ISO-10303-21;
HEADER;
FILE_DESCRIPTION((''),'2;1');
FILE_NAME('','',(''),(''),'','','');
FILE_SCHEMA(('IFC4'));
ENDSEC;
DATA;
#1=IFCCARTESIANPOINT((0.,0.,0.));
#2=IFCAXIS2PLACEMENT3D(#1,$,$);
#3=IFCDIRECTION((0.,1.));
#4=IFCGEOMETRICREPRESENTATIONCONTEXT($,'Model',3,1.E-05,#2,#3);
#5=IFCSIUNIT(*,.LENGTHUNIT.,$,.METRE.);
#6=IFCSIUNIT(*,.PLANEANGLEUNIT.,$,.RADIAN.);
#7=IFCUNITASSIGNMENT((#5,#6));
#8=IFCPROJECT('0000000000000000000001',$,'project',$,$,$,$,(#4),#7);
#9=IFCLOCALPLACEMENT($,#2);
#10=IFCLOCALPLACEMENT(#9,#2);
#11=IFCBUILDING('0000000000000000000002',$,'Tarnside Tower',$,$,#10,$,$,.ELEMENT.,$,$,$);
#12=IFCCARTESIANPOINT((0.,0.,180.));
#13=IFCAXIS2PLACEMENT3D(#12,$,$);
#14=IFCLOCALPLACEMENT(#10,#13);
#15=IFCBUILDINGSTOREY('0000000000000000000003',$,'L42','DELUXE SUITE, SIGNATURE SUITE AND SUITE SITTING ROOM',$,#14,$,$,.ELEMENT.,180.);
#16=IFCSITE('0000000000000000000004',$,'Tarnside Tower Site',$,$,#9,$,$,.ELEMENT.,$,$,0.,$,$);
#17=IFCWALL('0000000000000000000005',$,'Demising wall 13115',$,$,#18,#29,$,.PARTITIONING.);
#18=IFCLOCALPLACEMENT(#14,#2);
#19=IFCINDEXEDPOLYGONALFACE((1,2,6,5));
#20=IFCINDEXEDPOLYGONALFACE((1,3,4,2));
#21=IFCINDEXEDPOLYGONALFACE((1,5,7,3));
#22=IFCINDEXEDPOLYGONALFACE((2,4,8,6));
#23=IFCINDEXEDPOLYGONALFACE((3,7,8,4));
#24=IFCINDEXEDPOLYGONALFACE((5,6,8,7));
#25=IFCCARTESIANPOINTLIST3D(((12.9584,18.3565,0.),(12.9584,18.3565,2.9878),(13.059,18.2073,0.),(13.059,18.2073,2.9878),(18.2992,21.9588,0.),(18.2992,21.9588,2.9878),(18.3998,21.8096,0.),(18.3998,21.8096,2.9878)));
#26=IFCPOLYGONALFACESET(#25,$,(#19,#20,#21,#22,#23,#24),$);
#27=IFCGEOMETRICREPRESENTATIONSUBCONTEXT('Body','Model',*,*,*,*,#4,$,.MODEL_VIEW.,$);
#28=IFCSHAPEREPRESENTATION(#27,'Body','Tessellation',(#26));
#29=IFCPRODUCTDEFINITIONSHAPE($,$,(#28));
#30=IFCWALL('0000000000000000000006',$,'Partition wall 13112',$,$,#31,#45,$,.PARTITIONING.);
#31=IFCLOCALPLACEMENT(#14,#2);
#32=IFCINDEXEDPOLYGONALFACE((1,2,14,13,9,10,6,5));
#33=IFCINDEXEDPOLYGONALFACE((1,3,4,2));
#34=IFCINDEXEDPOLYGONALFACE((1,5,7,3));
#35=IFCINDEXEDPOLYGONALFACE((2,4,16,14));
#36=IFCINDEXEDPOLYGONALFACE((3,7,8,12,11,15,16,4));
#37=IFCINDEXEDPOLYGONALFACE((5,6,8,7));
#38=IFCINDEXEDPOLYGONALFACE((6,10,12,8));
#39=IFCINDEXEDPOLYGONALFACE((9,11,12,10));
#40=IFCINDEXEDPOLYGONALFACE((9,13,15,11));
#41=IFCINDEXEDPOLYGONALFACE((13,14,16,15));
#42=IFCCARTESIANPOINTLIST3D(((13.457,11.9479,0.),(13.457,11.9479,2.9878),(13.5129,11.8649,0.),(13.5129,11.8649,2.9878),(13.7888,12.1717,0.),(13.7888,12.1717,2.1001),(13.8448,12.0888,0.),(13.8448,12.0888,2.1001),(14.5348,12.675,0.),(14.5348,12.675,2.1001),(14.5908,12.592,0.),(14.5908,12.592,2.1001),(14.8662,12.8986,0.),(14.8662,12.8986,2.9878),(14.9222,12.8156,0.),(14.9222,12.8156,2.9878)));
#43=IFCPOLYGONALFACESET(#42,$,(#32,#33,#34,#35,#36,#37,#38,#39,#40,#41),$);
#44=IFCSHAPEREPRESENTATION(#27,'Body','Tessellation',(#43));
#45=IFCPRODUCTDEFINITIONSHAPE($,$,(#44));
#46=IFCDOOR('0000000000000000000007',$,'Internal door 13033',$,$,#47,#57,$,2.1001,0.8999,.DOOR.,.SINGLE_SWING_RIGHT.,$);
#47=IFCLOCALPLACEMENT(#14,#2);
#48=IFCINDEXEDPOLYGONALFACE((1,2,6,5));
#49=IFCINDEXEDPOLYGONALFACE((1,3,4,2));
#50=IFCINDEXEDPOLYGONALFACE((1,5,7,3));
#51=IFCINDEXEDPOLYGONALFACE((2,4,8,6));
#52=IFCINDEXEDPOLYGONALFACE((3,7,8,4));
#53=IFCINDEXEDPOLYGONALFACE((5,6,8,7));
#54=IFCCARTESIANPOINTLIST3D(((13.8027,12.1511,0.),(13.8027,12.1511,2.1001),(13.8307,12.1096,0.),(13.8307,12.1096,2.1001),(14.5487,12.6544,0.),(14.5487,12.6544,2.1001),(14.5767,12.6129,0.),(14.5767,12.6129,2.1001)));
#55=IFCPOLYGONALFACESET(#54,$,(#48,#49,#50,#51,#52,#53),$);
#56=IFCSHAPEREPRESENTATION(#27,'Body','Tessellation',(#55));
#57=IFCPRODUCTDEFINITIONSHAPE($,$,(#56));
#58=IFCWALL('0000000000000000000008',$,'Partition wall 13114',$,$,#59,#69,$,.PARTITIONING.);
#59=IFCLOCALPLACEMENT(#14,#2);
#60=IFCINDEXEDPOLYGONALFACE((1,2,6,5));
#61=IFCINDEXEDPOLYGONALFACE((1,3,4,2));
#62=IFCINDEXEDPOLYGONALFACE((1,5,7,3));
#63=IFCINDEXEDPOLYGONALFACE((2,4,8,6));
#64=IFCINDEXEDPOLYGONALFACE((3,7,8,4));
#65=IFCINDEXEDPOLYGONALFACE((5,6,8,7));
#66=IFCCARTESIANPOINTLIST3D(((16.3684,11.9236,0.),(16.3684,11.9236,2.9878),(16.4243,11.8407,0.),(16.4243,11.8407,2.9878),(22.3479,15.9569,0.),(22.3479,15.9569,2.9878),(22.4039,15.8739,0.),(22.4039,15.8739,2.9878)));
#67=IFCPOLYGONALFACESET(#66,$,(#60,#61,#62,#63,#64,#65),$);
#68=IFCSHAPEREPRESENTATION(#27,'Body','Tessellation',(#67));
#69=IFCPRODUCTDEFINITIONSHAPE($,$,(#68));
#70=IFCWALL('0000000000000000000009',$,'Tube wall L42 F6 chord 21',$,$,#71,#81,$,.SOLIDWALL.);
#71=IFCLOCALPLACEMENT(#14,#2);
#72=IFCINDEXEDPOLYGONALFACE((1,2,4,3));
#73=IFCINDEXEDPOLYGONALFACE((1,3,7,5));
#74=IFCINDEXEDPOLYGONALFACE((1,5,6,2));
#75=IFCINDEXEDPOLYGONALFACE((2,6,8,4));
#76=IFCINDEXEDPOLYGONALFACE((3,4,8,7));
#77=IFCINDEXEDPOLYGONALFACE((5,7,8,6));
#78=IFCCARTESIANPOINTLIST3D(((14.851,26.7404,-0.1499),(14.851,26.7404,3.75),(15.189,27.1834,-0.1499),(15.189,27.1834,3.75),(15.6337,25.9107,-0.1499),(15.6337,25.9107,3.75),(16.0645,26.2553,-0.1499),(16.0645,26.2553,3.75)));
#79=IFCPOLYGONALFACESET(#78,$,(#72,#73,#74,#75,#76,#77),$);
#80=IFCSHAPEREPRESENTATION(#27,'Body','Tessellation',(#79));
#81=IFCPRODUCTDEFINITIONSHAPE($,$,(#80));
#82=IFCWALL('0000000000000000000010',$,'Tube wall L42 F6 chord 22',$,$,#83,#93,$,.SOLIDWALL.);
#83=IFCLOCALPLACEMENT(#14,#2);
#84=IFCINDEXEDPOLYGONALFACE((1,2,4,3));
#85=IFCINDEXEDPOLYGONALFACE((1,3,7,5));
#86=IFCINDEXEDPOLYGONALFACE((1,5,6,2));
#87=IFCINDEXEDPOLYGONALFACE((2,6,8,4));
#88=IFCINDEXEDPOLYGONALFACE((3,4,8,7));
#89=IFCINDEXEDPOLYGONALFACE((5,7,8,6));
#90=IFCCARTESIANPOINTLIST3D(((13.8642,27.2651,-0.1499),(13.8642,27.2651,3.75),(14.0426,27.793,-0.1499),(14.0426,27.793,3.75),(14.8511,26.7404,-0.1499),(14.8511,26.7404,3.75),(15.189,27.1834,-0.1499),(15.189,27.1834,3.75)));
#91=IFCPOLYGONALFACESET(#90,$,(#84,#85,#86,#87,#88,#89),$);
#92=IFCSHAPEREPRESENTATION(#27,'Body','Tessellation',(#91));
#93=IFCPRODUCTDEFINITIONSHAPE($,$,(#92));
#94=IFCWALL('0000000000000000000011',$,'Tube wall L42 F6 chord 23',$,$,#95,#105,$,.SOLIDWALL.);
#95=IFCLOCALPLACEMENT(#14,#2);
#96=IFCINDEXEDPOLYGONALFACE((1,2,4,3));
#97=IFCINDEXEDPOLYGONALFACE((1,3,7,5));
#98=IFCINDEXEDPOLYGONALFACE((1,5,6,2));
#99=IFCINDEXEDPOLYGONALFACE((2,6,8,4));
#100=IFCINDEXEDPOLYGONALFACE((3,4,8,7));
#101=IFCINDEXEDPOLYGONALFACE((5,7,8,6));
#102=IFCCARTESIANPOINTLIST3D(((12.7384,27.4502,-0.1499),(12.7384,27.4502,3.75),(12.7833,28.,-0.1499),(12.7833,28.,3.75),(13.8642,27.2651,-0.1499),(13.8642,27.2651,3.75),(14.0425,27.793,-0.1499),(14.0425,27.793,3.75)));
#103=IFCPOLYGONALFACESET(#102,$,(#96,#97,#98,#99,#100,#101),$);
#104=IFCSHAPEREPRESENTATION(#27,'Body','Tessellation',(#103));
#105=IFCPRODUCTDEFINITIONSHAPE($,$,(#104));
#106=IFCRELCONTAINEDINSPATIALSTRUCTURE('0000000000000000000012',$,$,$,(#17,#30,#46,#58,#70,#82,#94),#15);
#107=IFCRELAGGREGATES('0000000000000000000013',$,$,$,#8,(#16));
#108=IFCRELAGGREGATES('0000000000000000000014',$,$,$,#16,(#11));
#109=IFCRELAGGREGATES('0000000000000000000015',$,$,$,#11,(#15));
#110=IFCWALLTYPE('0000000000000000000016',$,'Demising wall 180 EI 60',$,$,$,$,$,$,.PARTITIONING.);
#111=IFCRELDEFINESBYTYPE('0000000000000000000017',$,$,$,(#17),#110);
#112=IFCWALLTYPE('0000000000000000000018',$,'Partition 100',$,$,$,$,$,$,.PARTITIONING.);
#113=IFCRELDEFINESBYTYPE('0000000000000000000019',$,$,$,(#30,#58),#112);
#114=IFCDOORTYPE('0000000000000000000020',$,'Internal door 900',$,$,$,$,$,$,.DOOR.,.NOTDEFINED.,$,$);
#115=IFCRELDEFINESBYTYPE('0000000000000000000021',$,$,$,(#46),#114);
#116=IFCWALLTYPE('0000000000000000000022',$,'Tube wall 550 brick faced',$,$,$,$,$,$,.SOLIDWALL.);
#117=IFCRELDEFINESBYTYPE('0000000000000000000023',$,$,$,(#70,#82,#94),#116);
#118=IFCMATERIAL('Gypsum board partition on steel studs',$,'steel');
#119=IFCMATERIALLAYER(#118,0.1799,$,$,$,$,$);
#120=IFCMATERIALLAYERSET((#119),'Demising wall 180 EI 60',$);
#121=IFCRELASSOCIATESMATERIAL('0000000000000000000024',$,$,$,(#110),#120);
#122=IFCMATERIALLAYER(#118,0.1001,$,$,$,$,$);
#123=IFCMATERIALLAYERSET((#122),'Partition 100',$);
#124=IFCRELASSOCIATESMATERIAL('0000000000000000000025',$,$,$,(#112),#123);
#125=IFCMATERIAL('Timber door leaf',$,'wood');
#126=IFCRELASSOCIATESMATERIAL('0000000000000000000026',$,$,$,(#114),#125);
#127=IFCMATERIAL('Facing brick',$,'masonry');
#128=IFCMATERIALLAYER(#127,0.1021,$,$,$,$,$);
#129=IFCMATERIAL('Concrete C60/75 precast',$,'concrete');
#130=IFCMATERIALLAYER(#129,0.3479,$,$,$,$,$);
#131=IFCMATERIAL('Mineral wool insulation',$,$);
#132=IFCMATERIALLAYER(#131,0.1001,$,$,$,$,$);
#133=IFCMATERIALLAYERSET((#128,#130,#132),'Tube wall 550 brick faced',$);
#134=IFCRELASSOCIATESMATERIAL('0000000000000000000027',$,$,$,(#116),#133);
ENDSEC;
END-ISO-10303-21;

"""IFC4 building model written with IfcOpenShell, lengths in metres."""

from ifc_helpers import new_model, si_unit, direction, frame, frame_2d, origin, place, context, subcontext, project, spatial, polyline, rectangle, outline, extrude, material, layer, layer_set, type_object, element, fill, save


model = new_model("IFC4")

# Units and contexts
model_context = context("Model", 3, precision=1e-05, world=origin(), true_north=direction((0.0, 1.0)))
body_context = subcontext(model_context, "Body", "Model", "MODEL_VIEW")
ifc_project = project(units=[si_unit("LENGTHUNIT", "METRE"), si_unit("PLANEANGLEUNIT", "RADIAN")], contexts=[model_context])

# Site, building, storey
site_placement = place(None, origin())
site = spatial("IfcSite", under=ifc_project, at=site_placement, Name="Tarnside Tower Site", CompositionType="ELEMENT", RefElevation=0.0)
building_placement = place(site_placement, origin())
building = spatial("IfcBuilding", under=site, at=building_placement, Name="Tarnside Tower", CompositionType="ELEMENT")
storey_placement = place(building_placement, frame((0.0, 0.0, 180.0)))
storey = spatial("IfcBuildingStorey", under=building, at=storey_placement, Name="L42", Description="DELUXE SUITE, SIGNATURE SUITE AND SUITE SITTING ROOM", CompositionType="ELEMENT", Elevation=180.0)

# Shared definitions
ifc_material_1 = material(Name="Gypsum board partition on steel studs", Category="steel")
ifc_material_2 = material(Name="Timber door leaf", Category="wood")

# Wall
ifc_layer_1 = layer(ifc_material_1, 0.1799)
ifc_layer_set_1 = layer_set([ifc_layer_1], Name="Demising wall 180 EI 60")
wall_type_1 = type_object("IfcWallType", Name="Demising wall 180 EI 60", PredefinedType="PARTITIONING", material=ifc_layer_set_1)
wall_1_placement = place(storey_placement, frame((18.3496, 21.8843, 0.0), z_axis=(0.0, 0.0, 1.0), x_axis=(-0.829047, -0.559179, 0.0)))
element("IfcWall", 1, at=wall_1_placement, inside=storey, type_object=wall_type_1, Name="Demising wall 13115", PredefinedType="PARTITIONING", context=body_context, shape_type="SweptSolid", body=[
    extrude(rectangle(XDim=6.4421, YDim=0.1799, at=frame_2d((3.2212, 0.0))), origin(), (0.0, 0.0, 1.0), 2.9878),
])

# Wall, opening, door
ifc_layer_2 = layer(ifc_material_1, 0.1001)
ifc_layer_set_2 = layer_set([ifc_layer_2], Name="Partition 100")
wall_type_2 = type_object("IfcWallType", Name="Partition 100", PredefinedType="PARTITIONING", material=ifc_layer_set_2)
wall_2_placement = place(storey_placement, frame((14.8943, 12.8572, 0.0), z_axis=(0.0, 0.0, 1.0), x_axis=(-0.828989, -0.559266, 0.0)))
wall_2 = element("IfcWall", 2, at=wall_2_placement, inside=storey, type_object=wall_type_2, Name="Partition wall 13112", PredefinedType="PARTITIONING", context=body_context, shape_type="SweptSolid", body=[
    extrude(rectangle(XDim=1.7, YDim=0.1001, at=frame_2d((0.8501, 0.0))), origin(), (0.0, 0.0, 1.0), 2.9878),
])
opening_1_placement = place(wall_2_placement, frame((0.3999, 0.0, 0.0)))
opening_1 = element("IfcOpeningElement", 3, at=opening_1_placement, cuts=wall_2, PredefinedType="OPENING", context=body_context, shape_type="SweptSolid", body=[
    extrude(rectangle(XDim=0.8999, YDim=2.1001, at=frame_2d((0.45, 1.05))), frame((0.0, 0.0601, 0.0), z_axis=(0.0, -1.0, 0.0), x_axis=(1.0, 0.0, 0.0)), (0.0, 0.0, 1.0), 0.1201),
])
door_type_1 = type_object("IfcDoorType", Name="Internal door 900", OperationType="NOTDEFINED", PredefinedType="DOOR", material=ifc_material_2)
door_1_placement = place(opening_1_placement, origin())
door_1 = element("IfcDoor", 4, at=door_1_placement, inside=storey, type_object=door_type_1, Name="Internal door 13033", OperationType="SINGLE_SWING_RIGHT", OverallHeight=2.1001, OverallWidth=0.8999, PredefinedType="DOOR", context=body_context, shape_type="SweptSolid", body=[
    extrude(rectangle(XDim=0.8999, YDim=2.1001, at=frame_2d((0.45, 1.05))), frame((0.0, 0.0249, 0.0), z_axis=(0.0, -1.0, 0.0), x_axis=(1.0, 0.0, 0.0)), (0.0, 0.0, 1.0), 0.05),
])
fill(opening_1, door_1)

# Walls
wall_3_placement = place(storey_placement, frame((16.3962, 11.8821, 0.0), z_axis=(0.0, 0.0, 1.0), x_axis=(0.829039, 0.559191, 0.0)))
element("IfcWall", 5, at=wall_3_placement, inside=storey, type_object=wall_type_2, Name="Partition wall 13114", PredefinedType="PARTITIONING", context=body_context, shape_type="SweptSolid", body=[
    extrude(rectangle(XDim=7.2126, YDim=0.1001, at=frame_2d((3.6064, 0.0))), origin(), (0.0, 0.0, 1.0), 2.9878),
])
ifc_material_3 = material(Name="Facing brick", Category="masonry")
ifc_layer_3 = layer(ifc_material_3, 0.1021)
ifc_material_4 = material(Name="Concrete C60/75 precast", Category="concrete")
ifc_layer_4 = layer(ifc_material_4, 0.3479)
ifc_material_5 = material(Name="Mineral wool insulation")
ifc_layer_5 = layer(ifc_material_5, 0.1001)
ifc_layer_set_3 = layer_set([ifc_layer_3, ifc_layer_4, ifc_layer_5], Name="Tube wall 550 brick faced")
wall_type_3 = type_object("IfcWallType", Name="Tube wall 550 brick faced", PredefinedType="SOLIDWALL", material=ifc_layer_set_3)
wall_4_placement = place(storey_placement, frame((15.8491, 26.083, -0.1499), z_axis=(0.0, 0.0, 1.0), x_axis=(-0.686196, 0.727416, 0.0)))
element("IfcWall", 6, at=wall_4_placement, inside=storey, type_object=wall_type_3, Name="Tube wall L42 F6 chord 21", PredefinedType="SOLIDWALL", context=body_context, shape_type="SweptSolid", body=[
    extrude(outline(polyline([(-0.0225, -0.2749), (1.2534, -0.2749), (1.1631, 0.2749), (0.0225, 0.2749), (-0.0225, -0.2749)])), origin(), (0.0, 0.0, 1.0), 3.8999),
])
wall_5_placement = place(storey_placement, frame((15.02, 26.9619, -0.1499), z_axis=(0.0, 0.0, 1.0), x_axis=(-0.882951, 0.469465, 0.0)))
element("IfcWall", 7, at=wall_5_placement, inside=storey, type_object=wall_type_3, Name="Tube wall L42 F6 chord 22", PredefinedType="SOLIDWALL", context=body_context, shape_type="SweptSolid", body=[
    extrude(outline(polyline([(-0.0452, -0.2749), (1.2532, -0.2749), (1.1628, 0.2749), (0.0452, 0.2749), (-0.0452, -0.2749)])), origin(), (0.0, 0.0, 1.0), 3.8999),
])
wall_6_placement = place(storey_placement, frame((13.9534, 27.5291, -0.1499), z_axis=(0.0, 0.0, 1.0), x_axis=(-0.986752, 0.162236, 0.0)))
element("IfcWall", 8, at=wall_6_placement, inside=storey, type_object=wall_type_3, Name="Tube wall L42 F6 chord 23", PredefinedType="SOLIDWALL", context=body_context, shape_type="SweptSolid", body=[
    extrude(outline(polyline([(-0.0452, -0.2749), (1.231, -0.2749), (1.186, 0.2749), (0.0452, 0.2749), (-0.0452, -0.2749)])), origin(), (0.0, 0.0, 1.0), 3.8999),
])

save(model, "model.ifc")
